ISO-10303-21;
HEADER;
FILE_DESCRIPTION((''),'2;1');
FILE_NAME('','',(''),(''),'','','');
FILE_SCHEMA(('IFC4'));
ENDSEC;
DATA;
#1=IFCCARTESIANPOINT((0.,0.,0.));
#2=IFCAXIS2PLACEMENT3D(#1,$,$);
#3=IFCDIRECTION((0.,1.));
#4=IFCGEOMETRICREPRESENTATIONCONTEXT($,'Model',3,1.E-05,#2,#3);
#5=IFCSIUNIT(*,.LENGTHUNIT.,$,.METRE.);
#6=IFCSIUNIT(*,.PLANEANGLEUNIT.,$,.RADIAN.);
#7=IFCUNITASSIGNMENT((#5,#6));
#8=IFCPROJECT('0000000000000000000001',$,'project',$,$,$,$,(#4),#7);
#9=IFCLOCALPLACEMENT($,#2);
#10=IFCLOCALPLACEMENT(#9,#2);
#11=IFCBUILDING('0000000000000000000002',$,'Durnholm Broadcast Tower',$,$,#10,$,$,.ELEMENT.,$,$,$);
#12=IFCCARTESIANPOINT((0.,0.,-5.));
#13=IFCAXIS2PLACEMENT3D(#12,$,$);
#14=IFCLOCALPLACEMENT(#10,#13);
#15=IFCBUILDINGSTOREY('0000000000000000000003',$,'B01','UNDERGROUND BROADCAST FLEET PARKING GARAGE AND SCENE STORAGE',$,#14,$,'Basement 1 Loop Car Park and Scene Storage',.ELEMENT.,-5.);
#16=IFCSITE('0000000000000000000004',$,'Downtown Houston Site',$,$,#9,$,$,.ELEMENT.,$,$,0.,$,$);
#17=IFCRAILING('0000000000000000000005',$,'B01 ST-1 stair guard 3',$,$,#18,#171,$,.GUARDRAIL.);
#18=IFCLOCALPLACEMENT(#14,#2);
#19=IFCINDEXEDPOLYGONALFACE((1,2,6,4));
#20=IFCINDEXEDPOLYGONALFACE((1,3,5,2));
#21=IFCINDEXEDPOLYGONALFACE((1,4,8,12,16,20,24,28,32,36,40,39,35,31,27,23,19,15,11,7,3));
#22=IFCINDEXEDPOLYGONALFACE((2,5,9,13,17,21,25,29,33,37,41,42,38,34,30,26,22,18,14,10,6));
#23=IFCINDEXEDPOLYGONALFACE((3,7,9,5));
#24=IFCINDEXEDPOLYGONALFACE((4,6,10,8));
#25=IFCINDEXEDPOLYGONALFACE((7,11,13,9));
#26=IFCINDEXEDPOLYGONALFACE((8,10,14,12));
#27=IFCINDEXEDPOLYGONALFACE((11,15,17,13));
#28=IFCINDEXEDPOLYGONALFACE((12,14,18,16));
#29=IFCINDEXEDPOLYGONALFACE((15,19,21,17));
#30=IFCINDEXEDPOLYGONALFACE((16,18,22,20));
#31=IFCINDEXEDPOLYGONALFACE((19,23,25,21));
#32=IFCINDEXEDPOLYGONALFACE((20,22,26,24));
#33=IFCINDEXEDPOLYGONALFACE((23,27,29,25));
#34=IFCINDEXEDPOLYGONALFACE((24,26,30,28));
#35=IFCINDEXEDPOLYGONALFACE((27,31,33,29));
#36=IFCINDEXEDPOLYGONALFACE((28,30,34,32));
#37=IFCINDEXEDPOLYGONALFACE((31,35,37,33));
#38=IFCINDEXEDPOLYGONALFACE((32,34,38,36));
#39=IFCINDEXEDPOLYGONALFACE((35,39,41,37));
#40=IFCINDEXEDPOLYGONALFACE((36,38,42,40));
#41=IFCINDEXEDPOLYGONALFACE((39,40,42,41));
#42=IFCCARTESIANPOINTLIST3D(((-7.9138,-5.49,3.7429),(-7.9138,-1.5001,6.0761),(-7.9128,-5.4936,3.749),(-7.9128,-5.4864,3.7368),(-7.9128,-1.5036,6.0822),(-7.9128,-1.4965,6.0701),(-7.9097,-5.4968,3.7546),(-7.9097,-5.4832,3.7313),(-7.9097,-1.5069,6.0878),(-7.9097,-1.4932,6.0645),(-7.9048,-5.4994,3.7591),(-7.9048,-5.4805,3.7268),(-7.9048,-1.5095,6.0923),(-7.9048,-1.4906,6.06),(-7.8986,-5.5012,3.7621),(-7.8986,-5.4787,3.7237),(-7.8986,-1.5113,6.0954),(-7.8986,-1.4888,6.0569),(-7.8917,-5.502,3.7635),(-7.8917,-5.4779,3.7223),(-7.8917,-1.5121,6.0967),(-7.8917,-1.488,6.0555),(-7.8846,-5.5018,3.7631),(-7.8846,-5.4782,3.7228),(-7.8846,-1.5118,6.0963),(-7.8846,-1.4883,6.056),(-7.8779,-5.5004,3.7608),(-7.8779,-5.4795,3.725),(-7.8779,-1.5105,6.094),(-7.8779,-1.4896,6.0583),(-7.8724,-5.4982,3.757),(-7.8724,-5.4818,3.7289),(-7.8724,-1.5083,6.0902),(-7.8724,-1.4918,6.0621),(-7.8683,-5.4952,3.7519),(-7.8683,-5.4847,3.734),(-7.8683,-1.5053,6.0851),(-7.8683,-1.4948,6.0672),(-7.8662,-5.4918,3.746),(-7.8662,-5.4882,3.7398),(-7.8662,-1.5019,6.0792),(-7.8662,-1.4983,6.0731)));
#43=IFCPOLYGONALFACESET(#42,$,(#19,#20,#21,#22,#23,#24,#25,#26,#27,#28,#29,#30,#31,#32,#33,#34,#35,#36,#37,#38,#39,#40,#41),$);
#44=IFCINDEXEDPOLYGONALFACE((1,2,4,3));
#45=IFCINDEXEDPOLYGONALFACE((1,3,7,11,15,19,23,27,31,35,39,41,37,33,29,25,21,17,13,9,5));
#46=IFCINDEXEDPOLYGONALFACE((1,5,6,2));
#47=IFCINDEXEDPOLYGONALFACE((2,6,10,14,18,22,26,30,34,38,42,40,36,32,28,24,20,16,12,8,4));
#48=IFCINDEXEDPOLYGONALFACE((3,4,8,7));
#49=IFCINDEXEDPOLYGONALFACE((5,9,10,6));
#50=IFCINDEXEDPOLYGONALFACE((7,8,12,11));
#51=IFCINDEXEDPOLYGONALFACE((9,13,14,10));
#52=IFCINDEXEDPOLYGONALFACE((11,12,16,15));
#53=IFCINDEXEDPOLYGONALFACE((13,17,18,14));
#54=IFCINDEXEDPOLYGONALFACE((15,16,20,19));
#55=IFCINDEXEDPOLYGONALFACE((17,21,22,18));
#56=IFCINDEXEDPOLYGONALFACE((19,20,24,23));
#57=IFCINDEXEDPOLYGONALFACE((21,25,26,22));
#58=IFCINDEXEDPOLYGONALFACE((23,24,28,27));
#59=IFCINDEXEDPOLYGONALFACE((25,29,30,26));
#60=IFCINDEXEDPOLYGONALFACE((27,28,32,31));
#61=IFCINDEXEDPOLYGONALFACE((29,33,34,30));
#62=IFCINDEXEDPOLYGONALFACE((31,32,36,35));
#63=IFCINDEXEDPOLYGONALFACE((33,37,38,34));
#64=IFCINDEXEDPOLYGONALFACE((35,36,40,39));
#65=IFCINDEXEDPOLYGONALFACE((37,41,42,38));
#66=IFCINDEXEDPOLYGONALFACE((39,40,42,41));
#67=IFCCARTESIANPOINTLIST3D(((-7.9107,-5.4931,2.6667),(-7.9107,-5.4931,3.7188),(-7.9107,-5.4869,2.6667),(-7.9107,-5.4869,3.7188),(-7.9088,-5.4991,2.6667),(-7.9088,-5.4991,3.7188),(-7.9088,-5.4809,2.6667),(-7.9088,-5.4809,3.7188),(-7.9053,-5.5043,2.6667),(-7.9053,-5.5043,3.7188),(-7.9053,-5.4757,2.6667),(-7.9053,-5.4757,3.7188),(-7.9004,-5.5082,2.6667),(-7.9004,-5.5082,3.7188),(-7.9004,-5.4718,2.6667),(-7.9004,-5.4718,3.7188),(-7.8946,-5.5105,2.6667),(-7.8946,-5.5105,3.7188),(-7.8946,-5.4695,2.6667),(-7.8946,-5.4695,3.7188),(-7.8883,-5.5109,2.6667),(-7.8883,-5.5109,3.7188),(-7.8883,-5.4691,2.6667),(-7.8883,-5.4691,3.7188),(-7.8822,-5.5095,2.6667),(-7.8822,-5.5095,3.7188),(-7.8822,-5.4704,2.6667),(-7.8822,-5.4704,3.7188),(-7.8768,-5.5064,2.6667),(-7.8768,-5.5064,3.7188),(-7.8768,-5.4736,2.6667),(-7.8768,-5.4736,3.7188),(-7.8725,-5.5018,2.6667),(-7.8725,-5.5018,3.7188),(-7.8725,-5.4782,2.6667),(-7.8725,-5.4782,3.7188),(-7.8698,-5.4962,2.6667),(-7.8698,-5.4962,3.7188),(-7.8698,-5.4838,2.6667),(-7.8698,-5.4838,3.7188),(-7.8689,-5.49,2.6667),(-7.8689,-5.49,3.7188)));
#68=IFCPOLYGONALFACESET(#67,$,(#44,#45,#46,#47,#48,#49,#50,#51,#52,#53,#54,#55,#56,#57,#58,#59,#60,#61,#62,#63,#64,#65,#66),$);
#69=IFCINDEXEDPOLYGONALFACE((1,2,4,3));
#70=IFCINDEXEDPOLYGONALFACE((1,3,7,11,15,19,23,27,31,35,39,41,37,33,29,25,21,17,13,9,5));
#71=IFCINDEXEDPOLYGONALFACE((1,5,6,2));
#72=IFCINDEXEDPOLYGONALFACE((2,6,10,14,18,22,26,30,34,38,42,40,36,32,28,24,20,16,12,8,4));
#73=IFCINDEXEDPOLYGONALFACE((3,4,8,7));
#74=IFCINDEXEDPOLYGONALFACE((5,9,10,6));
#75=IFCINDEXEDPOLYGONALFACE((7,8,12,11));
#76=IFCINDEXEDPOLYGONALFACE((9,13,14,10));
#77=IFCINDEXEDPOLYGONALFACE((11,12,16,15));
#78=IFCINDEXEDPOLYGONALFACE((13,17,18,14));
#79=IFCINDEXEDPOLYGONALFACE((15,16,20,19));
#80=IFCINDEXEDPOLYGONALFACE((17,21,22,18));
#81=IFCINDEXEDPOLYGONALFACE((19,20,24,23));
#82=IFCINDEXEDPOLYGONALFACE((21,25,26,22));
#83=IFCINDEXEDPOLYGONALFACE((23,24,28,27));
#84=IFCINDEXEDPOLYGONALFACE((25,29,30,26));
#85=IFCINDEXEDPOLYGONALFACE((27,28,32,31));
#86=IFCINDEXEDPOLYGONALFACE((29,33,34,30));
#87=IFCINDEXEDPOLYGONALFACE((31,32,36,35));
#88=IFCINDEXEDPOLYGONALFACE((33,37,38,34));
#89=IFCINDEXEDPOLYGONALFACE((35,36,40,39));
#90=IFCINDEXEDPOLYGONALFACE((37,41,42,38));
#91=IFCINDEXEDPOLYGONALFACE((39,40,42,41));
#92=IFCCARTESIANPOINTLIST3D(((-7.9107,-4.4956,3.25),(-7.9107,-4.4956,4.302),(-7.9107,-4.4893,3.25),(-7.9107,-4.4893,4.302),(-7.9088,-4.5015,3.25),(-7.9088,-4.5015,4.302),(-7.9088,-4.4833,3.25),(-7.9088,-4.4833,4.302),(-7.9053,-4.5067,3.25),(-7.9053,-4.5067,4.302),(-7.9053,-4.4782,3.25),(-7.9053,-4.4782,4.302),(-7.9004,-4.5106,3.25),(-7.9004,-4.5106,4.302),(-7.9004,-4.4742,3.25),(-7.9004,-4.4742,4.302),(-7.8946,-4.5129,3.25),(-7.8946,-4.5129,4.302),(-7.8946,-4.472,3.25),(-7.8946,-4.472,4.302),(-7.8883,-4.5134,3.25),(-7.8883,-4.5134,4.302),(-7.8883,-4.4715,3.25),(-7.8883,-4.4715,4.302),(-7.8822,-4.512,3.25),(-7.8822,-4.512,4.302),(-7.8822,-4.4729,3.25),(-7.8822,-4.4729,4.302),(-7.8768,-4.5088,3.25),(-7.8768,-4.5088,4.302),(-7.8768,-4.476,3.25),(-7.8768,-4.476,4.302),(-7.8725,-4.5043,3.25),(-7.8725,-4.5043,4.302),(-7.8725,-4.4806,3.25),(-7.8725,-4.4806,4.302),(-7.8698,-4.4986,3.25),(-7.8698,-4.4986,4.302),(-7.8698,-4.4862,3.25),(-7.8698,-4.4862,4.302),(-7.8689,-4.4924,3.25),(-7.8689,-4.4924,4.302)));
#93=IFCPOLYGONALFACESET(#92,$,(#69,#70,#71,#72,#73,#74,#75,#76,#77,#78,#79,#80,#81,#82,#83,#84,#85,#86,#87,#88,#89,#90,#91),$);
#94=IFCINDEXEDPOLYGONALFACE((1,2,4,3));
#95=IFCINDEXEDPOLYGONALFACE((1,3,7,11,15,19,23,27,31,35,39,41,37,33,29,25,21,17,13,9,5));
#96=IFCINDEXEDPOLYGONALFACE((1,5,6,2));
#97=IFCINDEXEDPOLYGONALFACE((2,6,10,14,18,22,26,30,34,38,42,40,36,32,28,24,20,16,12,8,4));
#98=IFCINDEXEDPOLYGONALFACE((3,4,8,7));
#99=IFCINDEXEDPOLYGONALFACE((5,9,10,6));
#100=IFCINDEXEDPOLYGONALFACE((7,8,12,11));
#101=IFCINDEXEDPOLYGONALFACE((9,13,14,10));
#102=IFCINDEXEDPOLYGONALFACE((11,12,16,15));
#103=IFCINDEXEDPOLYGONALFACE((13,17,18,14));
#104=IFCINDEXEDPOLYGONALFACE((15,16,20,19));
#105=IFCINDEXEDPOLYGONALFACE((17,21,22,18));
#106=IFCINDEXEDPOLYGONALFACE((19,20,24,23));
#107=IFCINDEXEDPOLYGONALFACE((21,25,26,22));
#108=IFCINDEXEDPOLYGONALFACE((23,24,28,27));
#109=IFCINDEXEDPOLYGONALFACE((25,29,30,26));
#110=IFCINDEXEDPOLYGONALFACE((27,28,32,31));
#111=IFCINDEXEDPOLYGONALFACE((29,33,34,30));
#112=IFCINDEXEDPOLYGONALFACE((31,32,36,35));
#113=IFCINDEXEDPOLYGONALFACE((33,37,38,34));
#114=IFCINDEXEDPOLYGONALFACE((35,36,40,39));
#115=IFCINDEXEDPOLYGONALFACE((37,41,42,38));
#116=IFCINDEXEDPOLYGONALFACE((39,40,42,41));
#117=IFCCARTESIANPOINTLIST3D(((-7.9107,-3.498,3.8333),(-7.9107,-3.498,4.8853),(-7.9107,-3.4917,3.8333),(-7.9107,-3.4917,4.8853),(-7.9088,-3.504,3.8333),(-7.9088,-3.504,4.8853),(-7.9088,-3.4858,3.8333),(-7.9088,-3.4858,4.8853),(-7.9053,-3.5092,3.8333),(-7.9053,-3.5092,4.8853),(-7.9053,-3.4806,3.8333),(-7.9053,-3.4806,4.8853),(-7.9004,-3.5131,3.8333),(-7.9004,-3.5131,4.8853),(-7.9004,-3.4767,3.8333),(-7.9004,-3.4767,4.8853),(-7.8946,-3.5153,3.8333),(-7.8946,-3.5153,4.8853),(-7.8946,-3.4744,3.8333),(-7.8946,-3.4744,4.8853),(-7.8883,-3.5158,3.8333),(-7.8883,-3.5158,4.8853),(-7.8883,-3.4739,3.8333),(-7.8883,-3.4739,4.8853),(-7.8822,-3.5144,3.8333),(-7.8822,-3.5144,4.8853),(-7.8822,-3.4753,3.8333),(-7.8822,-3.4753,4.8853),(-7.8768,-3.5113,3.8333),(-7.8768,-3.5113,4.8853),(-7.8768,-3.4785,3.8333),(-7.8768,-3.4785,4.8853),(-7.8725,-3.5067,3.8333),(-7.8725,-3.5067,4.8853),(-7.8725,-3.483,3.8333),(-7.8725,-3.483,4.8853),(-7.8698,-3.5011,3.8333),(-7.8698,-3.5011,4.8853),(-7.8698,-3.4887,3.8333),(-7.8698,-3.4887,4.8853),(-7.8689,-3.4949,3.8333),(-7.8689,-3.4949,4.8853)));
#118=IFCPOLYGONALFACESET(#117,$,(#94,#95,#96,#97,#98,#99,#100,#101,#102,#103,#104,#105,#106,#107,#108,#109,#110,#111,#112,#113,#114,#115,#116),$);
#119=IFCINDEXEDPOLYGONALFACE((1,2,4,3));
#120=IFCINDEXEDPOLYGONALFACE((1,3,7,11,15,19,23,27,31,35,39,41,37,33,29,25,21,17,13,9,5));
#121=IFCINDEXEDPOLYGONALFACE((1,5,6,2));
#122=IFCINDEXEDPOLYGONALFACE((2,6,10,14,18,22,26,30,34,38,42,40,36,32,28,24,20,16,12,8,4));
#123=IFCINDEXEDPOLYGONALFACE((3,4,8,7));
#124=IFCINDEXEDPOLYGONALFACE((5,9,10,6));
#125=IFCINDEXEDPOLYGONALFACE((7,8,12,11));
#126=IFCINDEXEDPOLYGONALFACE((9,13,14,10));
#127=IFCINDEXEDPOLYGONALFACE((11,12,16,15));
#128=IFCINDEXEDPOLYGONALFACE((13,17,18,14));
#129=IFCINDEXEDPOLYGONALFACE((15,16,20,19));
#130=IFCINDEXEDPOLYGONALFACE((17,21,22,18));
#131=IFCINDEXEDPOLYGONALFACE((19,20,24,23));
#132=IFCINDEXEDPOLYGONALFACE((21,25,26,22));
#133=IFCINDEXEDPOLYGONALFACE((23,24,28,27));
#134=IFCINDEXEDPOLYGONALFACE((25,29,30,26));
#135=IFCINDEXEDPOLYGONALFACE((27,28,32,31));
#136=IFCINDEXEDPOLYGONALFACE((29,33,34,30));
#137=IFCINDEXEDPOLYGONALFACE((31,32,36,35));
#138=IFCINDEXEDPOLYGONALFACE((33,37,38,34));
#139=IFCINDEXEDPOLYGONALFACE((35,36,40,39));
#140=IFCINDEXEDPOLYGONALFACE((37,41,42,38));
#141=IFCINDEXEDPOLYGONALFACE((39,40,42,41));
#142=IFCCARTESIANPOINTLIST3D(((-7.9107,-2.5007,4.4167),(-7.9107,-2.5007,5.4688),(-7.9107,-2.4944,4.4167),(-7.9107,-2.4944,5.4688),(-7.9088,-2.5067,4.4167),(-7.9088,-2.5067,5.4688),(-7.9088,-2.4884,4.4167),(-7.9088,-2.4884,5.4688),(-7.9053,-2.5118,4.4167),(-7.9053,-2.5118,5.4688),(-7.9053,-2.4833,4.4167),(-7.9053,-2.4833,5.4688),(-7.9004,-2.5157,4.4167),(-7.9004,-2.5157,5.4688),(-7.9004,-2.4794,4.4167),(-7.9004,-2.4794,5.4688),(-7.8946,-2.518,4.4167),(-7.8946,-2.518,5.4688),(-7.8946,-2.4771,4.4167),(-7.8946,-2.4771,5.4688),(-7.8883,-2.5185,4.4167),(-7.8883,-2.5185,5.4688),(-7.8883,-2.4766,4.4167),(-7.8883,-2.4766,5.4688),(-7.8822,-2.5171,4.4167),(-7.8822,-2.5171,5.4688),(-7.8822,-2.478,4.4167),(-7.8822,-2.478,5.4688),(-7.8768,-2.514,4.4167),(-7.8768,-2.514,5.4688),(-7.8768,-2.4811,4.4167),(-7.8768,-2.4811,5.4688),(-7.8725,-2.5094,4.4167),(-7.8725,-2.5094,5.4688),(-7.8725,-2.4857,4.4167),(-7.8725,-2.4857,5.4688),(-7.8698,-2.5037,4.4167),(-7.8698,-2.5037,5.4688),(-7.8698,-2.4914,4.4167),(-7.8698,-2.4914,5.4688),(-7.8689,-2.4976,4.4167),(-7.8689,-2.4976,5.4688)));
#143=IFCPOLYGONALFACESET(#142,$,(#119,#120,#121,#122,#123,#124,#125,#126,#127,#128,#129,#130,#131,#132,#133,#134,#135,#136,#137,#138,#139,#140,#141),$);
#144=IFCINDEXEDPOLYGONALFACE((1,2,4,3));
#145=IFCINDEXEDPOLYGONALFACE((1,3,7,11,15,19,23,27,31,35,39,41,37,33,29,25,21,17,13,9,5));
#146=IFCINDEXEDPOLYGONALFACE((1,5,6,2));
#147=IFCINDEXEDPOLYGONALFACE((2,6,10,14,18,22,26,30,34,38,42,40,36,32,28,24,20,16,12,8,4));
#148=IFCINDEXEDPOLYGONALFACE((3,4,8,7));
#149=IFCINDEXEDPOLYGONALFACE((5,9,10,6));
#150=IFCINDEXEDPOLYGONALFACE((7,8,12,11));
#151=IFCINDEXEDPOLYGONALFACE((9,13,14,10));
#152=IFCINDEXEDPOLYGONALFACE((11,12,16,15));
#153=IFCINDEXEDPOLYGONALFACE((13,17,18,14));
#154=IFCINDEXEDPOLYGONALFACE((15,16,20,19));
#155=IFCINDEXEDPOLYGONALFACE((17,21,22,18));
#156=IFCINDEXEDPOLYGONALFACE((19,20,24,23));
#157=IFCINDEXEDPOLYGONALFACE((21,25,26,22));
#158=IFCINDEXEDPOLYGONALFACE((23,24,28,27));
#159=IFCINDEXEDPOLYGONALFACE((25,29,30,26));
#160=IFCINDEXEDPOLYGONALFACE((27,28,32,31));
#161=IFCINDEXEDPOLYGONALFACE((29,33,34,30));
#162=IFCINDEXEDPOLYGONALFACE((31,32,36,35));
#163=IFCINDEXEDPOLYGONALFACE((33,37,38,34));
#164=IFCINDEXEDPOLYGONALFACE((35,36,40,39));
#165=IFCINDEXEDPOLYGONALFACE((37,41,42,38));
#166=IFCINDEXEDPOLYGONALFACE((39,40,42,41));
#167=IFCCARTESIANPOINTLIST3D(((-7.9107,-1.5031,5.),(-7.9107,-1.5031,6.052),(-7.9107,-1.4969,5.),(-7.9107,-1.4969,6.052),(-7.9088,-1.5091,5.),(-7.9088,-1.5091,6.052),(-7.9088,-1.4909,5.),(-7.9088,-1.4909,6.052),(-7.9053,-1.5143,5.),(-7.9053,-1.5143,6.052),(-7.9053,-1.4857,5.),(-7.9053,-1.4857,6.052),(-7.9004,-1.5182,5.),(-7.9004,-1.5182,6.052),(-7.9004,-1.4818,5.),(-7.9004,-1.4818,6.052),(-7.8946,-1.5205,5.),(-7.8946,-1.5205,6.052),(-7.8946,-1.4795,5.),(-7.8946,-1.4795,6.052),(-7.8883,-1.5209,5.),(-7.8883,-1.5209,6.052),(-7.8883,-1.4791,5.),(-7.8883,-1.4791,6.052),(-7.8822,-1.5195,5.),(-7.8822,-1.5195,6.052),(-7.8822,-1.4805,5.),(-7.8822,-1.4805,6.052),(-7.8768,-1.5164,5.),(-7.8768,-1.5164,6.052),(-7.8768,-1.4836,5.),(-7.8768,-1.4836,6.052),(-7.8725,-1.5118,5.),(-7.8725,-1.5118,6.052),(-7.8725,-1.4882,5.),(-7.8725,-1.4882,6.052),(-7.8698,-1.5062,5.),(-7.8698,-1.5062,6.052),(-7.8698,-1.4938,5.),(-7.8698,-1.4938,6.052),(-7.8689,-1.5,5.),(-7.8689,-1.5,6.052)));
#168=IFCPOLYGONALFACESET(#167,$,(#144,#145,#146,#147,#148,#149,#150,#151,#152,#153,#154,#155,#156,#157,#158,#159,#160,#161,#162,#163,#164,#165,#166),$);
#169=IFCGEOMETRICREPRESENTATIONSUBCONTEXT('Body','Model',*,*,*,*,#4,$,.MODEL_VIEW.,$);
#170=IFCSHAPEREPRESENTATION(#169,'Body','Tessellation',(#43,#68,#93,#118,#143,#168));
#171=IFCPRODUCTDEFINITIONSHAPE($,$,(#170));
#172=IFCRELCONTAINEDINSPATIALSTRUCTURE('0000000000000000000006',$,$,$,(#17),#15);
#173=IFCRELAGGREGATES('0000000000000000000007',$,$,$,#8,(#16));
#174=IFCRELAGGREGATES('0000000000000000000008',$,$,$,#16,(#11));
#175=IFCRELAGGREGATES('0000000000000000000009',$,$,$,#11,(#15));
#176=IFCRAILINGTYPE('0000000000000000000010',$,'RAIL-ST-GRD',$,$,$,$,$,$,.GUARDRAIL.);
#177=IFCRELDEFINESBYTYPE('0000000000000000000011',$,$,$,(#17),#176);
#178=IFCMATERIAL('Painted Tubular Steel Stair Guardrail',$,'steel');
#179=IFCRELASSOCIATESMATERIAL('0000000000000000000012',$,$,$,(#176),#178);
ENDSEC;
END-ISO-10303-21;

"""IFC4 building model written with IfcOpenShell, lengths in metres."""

from ifc_helpers import new_model, si_unit, direction, frame, origin, origin_2d, place, context, subcontext, project, spatial, circle, extrude, material, type_object, element, save


model = new_model("IFC4")

# Units and contexts
model_context = context("Model", 3, precision=1e-05, world=origin(), true_north=direction((0.0, 1.0)))
body_context = subcontext(model_context, "Body", "Model", "MODEL_VIEW")
ifc_project = project(units=[si_unit("LENGTHUNIT", "METRE"), si_unit("PLANEANGLEUNIT", "RADIAN")], contexts=[model_context])

# Site, building, storey
site_placement = place(None, origin())
site = spatial("IfcSite", under=ifc_project, at=site_placement, Name="Downtown Houston Site", CompositionType="ELEMENT", RefElevation=0.0)
building_placement = place(site_placement, origin())
building = spatial("IfcBuilding", under=site, at=building_placement, Name="Durnholm Broadcast Tower", CompositionType="ELEMENT")
storey_placement = place(building_placement, frame((0.0, 0.0, -5.0)))
storey = spatial("IfcBuildingStorey", under=building, at=storey_placement, Name="B01", Description="UNDERGROUND BROADCAST FLEET PARKING GARAGE AND SCENE STORAGE", LongName="Basement 1 Loop Car Park and Scene Storage", CompositionType="ELEMENT", Elevation=-5.0)

# Railing
ifc_material_1 = material(Name="Painted Tubular Steel Stair Guardrail", Category="steel")
railing_type_1 = type_object("IfcRailingType", Name="RAIL-ST-GRD", PredefinedType="GUARDRAIL", material=ifc_material_1)
railing_1_placement = place(storey_placement, frame((-7.8899, -5.49, 2.6667)))
element("IfcRailing", 1, at=railing_1_placement, inside=storey, type_object=railing_type_1, Name="B01 ST-1 stair guard 3", PredefinedType="GUARDRAIL", context=body_context, shape_type="SweptSolid", body=[
    extrude(circle(Radius=0.0239, at=origin_2d()), frame((0.0, 0.0, 1.0762), z_axis=(0.0, 0.863236, 0.5048), x_axis=(-1.0, 0.0, 0.0)), (0.0, 0.0, 1.0), 4.6221),
    extrude(circle(Radius=0.021, at=origin_2d()), origin(), (0.0, 0.0, 1.0), 1.052),
    extrude(circle(Radius=0.021, at=origin_2d()), frame((0.0, 0.9976, 0.5833)), (0.0, 0.0, 1.0), 1.052),
    extrude(circle(Radius=0.021, at=origin_2d()), frame((0.0, 1.9951, 1.1665)), (0.0, 0.0, 1.0), 1.052),
    extrude(circle(Radius=0.021, at=origin_2d()), frame((0.0, 2.9924, 1.75)), (0.0, 0.0, 1.0), 1.052),
    extrude(circle(Radius=0.021, at=origin_2d()), frame((0.0, 3.99, 2.3333)), (0.0, 0.0, 1.0), 1.052),
])

save(model, "model.ifc")
